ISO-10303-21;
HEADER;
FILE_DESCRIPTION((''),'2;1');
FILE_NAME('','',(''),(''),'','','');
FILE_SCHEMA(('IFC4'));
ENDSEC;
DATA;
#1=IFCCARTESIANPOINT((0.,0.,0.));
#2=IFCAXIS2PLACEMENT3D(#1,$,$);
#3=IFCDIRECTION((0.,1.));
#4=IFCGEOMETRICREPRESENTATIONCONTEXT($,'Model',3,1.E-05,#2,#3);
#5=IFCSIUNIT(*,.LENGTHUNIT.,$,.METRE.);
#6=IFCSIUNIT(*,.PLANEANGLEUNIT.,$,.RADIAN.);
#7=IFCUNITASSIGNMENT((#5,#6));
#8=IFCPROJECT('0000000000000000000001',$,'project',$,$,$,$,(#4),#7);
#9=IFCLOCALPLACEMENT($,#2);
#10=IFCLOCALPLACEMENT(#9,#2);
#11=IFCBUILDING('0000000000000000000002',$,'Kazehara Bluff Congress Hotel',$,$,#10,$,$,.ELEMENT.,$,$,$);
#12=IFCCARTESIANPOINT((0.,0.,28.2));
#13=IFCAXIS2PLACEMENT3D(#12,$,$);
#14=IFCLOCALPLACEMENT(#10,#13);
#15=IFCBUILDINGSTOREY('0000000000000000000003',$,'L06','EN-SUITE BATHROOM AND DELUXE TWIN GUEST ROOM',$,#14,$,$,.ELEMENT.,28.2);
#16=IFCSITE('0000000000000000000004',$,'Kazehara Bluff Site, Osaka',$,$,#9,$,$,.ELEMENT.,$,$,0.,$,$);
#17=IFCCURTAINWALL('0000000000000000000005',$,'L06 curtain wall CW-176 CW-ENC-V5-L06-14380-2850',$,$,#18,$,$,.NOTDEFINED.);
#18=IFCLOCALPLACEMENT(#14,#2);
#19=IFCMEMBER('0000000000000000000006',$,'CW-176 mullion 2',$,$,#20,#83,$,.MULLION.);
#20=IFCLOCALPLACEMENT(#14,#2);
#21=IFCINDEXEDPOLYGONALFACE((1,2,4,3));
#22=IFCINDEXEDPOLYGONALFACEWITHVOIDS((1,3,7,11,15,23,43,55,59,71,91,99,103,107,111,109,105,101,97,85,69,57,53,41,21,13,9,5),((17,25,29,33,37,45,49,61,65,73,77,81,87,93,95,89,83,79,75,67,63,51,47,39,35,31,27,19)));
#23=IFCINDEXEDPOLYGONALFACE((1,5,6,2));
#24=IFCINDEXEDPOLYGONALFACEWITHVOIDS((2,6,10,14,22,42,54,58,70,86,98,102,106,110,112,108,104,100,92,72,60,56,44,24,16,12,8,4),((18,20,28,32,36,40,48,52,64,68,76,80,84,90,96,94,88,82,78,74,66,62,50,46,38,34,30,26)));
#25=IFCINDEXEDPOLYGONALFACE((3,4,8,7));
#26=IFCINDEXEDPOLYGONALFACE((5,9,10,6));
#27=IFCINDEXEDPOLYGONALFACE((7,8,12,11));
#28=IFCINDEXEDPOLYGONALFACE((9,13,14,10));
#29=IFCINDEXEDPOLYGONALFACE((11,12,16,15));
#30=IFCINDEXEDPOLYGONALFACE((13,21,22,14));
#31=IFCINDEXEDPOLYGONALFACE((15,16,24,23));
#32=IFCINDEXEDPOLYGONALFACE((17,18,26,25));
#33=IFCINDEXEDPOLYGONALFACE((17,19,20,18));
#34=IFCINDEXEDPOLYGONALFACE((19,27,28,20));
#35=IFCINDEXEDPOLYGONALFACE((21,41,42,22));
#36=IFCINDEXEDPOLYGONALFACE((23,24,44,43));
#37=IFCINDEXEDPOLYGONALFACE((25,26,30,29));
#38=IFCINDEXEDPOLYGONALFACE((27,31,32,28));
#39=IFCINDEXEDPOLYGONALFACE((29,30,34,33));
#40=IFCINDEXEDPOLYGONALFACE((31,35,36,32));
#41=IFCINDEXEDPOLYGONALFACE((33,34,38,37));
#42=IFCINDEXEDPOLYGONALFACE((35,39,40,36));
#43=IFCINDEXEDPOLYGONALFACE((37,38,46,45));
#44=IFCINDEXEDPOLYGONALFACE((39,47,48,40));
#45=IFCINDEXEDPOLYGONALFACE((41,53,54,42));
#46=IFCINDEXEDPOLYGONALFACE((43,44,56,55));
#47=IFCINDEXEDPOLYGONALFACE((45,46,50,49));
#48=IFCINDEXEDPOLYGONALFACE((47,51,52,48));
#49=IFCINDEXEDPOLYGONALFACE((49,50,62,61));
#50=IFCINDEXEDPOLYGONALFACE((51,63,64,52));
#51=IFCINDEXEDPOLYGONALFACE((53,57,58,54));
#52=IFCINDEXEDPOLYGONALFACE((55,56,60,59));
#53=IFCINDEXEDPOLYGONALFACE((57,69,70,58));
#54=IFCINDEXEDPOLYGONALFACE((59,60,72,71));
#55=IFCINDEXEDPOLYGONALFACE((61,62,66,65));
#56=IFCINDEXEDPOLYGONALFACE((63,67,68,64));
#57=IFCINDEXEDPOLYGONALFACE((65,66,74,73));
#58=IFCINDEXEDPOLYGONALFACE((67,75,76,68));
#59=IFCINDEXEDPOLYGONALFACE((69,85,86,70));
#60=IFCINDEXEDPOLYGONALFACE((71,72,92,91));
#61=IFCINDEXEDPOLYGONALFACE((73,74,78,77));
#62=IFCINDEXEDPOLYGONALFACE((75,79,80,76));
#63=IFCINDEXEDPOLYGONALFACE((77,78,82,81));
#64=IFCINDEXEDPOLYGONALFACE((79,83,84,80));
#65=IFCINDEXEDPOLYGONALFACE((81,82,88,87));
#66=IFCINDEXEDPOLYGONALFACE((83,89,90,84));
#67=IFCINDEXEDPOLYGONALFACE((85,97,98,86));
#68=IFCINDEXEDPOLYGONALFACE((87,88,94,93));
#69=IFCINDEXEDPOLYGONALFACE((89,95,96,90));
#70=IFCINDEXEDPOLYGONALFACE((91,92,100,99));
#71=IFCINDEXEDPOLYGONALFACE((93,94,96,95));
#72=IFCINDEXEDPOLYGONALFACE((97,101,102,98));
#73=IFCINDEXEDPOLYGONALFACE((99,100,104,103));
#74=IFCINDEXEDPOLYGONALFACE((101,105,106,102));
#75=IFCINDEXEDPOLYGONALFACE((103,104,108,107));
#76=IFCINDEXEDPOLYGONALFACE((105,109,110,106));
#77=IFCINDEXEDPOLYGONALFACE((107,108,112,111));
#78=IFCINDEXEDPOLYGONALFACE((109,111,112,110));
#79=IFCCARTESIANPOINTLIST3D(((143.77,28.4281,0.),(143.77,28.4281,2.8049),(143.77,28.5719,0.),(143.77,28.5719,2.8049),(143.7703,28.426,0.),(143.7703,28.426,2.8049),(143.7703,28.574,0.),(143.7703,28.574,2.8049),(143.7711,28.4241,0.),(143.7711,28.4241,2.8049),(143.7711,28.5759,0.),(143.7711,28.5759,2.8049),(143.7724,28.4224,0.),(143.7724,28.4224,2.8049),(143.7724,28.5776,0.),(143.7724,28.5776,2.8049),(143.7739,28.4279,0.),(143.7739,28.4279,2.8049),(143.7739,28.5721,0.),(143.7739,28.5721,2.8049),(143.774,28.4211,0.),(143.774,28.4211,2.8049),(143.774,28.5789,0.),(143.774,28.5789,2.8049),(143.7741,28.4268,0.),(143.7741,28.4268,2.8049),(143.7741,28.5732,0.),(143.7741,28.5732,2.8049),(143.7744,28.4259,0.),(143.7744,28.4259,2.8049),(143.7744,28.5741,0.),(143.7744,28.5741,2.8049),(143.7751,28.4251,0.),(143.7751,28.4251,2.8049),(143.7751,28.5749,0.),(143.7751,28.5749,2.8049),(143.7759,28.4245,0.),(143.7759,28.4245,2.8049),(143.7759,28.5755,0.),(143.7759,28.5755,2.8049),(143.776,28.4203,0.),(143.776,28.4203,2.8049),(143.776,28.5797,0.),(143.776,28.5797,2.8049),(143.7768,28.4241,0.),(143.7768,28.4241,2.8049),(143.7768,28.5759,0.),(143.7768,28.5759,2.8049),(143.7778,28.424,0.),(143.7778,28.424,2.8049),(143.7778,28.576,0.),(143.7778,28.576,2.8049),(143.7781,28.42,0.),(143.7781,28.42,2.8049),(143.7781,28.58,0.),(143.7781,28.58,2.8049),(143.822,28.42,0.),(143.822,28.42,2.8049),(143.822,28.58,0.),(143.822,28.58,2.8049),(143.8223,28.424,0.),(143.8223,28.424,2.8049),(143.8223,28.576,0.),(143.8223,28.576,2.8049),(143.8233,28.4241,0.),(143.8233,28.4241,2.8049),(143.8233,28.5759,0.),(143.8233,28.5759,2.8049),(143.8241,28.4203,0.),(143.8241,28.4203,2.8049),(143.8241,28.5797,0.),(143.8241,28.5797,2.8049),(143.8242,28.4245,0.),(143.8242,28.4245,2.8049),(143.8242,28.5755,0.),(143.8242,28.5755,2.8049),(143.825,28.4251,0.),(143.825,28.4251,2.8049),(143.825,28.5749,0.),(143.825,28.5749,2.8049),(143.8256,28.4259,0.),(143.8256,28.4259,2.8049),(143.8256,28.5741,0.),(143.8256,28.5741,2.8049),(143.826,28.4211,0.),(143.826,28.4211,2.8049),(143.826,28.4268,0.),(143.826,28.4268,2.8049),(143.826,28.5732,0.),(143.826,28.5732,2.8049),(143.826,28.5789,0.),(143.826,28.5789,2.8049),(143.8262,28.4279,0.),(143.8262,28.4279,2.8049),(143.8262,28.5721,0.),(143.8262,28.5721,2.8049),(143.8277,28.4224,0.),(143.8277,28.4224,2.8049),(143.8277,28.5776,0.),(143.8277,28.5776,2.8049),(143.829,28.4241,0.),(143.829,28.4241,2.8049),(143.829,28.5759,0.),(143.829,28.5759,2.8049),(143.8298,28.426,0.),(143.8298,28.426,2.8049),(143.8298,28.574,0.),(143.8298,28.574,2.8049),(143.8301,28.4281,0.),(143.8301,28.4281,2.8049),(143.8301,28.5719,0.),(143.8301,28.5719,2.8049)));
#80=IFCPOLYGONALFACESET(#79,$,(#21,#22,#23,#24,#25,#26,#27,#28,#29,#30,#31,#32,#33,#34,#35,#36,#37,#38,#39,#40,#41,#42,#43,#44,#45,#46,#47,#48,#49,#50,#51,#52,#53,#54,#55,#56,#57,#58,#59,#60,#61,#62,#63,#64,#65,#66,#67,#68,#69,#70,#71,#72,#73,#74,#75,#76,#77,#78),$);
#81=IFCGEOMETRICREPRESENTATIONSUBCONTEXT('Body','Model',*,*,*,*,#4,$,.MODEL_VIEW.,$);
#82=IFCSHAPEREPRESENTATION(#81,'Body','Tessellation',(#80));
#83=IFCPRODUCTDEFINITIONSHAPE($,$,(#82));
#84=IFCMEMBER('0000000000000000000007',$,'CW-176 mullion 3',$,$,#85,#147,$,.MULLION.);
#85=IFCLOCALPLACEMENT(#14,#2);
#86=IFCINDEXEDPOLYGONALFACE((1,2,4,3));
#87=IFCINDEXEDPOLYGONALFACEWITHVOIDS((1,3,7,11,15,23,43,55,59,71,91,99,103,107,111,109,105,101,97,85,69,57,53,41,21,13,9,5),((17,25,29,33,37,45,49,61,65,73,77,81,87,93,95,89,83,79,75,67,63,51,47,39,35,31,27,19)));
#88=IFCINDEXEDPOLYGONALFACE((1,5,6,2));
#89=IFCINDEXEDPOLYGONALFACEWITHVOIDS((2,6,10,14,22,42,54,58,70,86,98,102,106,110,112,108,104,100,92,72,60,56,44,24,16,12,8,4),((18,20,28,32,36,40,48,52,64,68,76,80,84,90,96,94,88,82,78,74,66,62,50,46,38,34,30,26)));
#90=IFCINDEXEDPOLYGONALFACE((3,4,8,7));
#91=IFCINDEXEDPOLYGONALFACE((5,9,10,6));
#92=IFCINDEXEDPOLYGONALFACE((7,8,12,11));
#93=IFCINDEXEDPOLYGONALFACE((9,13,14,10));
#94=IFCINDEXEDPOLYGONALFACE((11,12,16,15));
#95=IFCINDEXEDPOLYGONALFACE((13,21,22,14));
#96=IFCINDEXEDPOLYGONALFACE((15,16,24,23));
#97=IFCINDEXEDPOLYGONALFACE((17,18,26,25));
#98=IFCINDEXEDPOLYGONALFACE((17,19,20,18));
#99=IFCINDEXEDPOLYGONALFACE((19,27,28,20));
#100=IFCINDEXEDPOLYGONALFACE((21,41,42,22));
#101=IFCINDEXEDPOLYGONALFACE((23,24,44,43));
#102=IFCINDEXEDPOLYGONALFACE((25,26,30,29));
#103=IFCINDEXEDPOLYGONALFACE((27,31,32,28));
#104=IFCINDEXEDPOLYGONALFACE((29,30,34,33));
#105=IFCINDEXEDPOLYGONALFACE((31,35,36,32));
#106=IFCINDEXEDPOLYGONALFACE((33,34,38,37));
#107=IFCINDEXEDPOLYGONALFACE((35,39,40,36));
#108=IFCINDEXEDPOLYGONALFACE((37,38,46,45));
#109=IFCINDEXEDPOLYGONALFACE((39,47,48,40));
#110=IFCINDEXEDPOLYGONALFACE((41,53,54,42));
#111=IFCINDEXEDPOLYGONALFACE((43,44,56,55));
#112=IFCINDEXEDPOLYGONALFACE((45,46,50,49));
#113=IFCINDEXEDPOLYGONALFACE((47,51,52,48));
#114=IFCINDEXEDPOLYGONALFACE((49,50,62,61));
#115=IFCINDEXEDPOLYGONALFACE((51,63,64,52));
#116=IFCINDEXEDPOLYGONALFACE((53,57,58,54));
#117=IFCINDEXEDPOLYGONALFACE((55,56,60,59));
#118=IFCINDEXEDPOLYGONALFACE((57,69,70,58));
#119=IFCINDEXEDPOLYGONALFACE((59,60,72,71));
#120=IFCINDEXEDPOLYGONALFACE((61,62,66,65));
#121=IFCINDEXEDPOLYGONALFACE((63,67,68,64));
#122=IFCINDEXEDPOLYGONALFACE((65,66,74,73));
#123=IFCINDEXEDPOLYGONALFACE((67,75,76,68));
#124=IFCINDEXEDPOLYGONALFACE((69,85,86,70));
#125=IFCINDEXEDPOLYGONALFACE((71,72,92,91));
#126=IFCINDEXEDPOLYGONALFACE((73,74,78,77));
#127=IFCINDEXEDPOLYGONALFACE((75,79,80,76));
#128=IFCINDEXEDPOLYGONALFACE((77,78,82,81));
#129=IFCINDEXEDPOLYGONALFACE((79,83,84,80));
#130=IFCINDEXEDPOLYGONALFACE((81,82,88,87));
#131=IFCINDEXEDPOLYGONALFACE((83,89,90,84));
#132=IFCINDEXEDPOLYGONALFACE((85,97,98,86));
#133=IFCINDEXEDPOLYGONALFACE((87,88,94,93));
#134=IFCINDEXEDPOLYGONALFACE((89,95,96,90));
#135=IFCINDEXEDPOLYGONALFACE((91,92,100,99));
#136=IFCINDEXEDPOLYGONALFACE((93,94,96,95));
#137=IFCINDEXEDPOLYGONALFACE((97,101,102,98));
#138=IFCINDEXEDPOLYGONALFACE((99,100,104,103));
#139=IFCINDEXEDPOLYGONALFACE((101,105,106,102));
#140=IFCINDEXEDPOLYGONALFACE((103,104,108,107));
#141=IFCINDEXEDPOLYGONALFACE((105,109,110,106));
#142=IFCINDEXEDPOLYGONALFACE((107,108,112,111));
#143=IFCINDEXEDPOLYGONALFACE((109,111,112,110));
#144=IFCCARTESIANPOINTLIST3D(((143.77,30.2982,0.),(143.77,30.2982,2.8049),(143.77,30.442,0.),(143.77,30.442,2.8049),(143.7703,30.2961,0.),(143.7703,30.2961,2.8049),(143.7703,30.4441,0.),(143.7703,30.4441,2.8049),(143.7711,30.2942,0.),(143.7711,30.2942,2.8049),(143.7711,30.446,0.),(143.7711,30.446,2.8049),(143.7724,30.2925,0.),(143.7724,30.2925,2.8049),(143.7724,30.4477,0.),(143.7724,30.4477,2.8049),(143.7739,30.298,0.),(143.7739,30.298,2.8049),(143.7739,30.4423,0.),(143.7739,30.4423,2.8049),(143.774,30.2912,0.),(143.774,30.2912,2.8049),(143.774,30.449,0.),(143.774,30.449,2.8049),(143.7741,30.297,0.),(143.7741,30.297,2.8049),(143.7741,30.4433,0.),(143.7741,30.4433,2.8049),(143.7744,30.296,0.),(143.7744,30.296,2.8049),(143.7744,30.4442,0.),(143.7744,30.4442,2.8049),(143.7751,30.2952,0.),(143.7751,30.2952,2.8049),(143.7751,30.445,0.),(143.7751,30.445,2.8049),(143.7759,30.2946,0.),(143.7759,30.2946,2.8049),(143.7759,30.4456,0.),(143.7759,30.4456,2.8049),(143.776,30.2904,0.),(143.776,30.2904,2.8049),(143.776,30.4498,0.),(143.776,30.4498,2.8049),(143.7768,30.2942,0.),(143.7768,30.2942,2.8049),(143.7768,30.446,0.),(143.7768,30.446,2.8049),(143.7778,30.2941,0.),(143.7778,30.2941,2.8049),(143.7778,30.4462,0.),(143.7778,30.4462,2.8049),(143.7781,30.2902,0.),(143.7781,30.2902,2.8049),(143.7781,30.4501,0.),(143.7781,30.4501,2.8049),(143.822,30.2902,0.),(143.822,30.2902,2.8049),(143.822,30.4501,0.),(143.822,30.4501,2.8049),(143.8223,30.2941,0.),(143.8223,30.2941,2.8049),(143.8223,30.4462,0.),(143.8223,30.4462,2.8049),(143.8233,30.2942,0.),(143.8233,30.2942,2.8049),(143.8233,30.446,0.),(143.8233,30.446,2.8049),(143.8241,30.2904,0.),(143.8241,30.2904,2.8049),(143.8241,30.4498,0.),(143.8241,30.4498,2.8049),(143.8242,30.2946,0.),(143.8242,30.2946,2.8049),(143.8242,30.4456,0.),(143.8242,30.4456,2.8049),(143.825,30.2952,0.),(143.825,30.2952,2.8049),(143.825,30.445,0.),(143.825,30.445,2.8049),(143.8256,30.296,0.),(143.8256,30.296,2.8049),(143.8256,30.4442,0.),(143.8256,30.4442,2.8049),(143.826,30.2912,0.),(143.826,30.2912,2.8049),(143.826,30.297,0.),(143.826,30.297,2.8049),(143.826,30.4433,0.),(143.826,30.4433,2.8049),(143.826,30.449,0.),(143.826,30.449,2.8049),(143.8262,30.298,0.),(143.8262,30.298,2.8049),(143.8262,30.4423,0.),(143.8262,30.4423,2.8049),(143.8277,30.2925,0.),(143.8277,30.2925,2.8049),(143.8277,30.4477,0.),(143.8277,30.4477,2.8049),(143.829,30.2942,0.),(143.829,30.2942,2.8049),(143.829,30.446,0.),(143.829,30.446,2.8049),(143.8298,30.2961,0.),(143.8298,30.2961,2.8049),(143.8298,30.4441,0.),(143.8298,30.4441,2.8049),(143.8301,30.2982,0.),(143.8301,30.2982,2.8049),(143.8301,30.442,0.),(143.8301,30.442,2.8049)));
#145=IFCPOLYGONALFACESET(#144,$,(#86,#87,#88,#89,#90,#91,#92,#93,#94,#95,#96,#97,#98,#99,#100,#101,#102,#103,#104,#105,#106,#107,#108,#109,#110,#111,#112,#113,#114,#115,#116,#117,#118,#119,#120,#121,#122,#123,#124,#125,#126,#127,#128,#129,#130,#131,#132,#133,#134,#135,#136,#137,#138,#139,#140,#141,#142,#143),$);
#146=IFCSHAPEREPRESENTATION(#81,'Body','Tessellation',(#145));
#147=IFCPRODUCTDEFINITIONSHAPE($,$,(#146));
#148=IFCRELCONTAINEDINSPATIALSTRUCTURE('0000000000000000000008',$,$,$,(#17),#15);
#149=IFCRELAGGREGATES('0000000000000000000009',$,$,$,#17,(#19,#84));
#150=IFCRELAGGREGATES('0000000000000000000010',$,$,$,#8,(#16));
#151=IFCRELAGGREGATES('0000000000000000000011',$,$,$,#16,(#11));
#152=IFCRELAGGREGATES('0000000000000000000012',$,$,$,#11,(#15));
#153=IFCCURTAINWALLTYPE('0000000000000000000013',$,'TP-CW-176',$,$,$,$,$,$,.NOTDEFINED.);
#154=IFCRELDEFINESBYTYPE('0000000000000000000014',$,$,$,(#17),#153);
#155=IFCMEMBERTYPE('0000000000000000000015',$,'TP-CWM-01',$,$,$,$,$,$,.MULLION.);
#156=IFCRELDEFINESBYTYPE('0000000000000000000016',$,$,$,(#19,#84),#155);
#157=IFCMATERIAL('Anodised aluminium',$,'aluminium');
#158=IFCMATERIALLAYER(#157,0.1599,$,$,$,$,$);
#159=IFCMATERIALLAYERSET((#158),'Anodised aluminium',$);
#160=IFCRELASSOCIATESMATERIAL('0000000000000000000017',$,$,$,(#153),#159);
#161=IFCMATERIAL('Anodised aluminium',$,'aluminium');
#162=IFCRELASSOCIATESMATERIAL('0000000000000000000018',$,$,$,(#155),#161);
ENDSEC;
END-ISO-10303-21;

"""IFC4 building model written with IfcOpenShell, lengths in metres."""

from ifc_helpers import new_model, si_unit, direction, frame, origin, origin_2d, place, context, subcontext, project, spatial, hollow_rectangle, extrude, material, layer, layer_set, material_profile, profile_set, type_object, element, aggregate, save


model = new_model("IFC4")

# Units and contexts
model_context = context("Model", 3, precision=1e-05, world=origin(), true_north=direction((0.0, 1.0)))
body_context = subcontext(model_context, "Body", "Model", "MODEL_VIEW")
ifc_project = project(units=[si_unit("LENGTHUNIT", "METRE"), si_unit("PLANEANGLEUNIT", "RADIAN")], contexts=[model_context])

# Site, building, storey
site_placement = place(None, origin())
site = spatial("IfcSite", under=ifc_project, at=site_placement, Name="Kazehara Bluff Site, Osaka", CompositionType="ELEMENT", RefElevation=0.0)
building_placement = place(site_placement, origin())
building = spatial("IfcBuilding", under=site, at=building_placement, Name="Kazehara Bluff Congress Hotel", CompositionType="ELEMENT")
storey_placement = place(building_placement, frame((0.0, 0.0, 28.2)))
storey = spatial("IfcBuildingStorey", under=building, at=storey_placement, Name="L06", Description="EN-SUITE BATHROOM AND DELUXE TWIN GUEST ROOM", CompositionType="ELEMENT", Elevation=28.2)

# Curtain wall, members
ifc_material_1 = material(Name="Anodised aluminium", Category="aluminium")
ifc_layer_1 = layer(ifc_material_1, 0.1599)
ifc_layer_set_1 = layer_set([ifc_layer_1], Name="Anodised aluminium")
curtain_wall_type_1 = type_object("IfcCurtainWallType", Name="TP-CW-176", PredefinedType="NOTDEFINED", material=ifc_layer_set_1)
curtain_wall_1_placement = place(storey_placement, origin())
curtain_wall_1 = element("IfcCurtainWall", 1, at=curtain_wall_1_placement, inside=storey, type_object=curtain_wall_type_1, Name="L06 curtain wall CW-176 CW-ENC-V5-L06-14380-2850", PredefinedType="NOTDEFINED")
ifc_material_2 = material(Name="Anodised aluminium", Category="aluminium")
ifc_material_profile_1 = material_profile(ifc_material_2, hollow_rectangle(XDim=0.0601, YDim=0.1599, WallThickness=0.0039, InnerFilletRadius=0.0039, OuterFilletRadius=0.0081, at=origin_2d()))
ifc_profile_set_1 = profile_set([ifc_material_profile_1], Name="Anodised aluminium")
member_type_1 = type_object("IfcMemberType", Name="TP-CWM-01", PredefinedType="MULLION", material=ifc_profile_set_1)
member_1_placement = place(storey_placement, frame((143.8, 28.5, 0.0), z_axis=(0.0, 0.0, 1.0), x_axis=(-1.0, 0.0, 0.0)))
member_1 = element("IfcMember", 2, at=member_1_placement, type_object=member_type_1, Name="CW-176 mullion 2", PredefinedType="MULLION", context=body_context, shape_type="SweptSolid", body=[
    extrude(hollow_rectangle(XDim=0.0601, YDim=0.1599, WallThickness=0.0039, InnerFilletRadius=0.0039, OuterFilletRadius=0.0081, at=origin_2d()), origin(), (0.0, 0.0, 1.0), 2.8049),
])
member_2_placement = place(storey_placement, frame((143.8, 30.3701, 0.0), z_axis=(0.0, 0.0, 1.0), x_axis=(-1.0, 0.0, 0.0)))
member_2 = element("IfcMember", 3, at=member_2_placement, type_object=member_type_1, Name="CW-176 mullion 3", PredefinedType="MULLION", context=body_context, shape_type="SweptSolid", body=[
    extrude(hollow_rectangle(XDim=0.0601, YDim=0.1599, WallThickness=0.0039, InnerFilletRadius=0.0039, OuterFilletRadius=0.0081, at=origin_2d()), origin(), (0.0, 0.0, 1.0), 2.8049),
])

aggregate(curtain_wall_1, [member_1, member_2])

save(model, "model.ifc")
